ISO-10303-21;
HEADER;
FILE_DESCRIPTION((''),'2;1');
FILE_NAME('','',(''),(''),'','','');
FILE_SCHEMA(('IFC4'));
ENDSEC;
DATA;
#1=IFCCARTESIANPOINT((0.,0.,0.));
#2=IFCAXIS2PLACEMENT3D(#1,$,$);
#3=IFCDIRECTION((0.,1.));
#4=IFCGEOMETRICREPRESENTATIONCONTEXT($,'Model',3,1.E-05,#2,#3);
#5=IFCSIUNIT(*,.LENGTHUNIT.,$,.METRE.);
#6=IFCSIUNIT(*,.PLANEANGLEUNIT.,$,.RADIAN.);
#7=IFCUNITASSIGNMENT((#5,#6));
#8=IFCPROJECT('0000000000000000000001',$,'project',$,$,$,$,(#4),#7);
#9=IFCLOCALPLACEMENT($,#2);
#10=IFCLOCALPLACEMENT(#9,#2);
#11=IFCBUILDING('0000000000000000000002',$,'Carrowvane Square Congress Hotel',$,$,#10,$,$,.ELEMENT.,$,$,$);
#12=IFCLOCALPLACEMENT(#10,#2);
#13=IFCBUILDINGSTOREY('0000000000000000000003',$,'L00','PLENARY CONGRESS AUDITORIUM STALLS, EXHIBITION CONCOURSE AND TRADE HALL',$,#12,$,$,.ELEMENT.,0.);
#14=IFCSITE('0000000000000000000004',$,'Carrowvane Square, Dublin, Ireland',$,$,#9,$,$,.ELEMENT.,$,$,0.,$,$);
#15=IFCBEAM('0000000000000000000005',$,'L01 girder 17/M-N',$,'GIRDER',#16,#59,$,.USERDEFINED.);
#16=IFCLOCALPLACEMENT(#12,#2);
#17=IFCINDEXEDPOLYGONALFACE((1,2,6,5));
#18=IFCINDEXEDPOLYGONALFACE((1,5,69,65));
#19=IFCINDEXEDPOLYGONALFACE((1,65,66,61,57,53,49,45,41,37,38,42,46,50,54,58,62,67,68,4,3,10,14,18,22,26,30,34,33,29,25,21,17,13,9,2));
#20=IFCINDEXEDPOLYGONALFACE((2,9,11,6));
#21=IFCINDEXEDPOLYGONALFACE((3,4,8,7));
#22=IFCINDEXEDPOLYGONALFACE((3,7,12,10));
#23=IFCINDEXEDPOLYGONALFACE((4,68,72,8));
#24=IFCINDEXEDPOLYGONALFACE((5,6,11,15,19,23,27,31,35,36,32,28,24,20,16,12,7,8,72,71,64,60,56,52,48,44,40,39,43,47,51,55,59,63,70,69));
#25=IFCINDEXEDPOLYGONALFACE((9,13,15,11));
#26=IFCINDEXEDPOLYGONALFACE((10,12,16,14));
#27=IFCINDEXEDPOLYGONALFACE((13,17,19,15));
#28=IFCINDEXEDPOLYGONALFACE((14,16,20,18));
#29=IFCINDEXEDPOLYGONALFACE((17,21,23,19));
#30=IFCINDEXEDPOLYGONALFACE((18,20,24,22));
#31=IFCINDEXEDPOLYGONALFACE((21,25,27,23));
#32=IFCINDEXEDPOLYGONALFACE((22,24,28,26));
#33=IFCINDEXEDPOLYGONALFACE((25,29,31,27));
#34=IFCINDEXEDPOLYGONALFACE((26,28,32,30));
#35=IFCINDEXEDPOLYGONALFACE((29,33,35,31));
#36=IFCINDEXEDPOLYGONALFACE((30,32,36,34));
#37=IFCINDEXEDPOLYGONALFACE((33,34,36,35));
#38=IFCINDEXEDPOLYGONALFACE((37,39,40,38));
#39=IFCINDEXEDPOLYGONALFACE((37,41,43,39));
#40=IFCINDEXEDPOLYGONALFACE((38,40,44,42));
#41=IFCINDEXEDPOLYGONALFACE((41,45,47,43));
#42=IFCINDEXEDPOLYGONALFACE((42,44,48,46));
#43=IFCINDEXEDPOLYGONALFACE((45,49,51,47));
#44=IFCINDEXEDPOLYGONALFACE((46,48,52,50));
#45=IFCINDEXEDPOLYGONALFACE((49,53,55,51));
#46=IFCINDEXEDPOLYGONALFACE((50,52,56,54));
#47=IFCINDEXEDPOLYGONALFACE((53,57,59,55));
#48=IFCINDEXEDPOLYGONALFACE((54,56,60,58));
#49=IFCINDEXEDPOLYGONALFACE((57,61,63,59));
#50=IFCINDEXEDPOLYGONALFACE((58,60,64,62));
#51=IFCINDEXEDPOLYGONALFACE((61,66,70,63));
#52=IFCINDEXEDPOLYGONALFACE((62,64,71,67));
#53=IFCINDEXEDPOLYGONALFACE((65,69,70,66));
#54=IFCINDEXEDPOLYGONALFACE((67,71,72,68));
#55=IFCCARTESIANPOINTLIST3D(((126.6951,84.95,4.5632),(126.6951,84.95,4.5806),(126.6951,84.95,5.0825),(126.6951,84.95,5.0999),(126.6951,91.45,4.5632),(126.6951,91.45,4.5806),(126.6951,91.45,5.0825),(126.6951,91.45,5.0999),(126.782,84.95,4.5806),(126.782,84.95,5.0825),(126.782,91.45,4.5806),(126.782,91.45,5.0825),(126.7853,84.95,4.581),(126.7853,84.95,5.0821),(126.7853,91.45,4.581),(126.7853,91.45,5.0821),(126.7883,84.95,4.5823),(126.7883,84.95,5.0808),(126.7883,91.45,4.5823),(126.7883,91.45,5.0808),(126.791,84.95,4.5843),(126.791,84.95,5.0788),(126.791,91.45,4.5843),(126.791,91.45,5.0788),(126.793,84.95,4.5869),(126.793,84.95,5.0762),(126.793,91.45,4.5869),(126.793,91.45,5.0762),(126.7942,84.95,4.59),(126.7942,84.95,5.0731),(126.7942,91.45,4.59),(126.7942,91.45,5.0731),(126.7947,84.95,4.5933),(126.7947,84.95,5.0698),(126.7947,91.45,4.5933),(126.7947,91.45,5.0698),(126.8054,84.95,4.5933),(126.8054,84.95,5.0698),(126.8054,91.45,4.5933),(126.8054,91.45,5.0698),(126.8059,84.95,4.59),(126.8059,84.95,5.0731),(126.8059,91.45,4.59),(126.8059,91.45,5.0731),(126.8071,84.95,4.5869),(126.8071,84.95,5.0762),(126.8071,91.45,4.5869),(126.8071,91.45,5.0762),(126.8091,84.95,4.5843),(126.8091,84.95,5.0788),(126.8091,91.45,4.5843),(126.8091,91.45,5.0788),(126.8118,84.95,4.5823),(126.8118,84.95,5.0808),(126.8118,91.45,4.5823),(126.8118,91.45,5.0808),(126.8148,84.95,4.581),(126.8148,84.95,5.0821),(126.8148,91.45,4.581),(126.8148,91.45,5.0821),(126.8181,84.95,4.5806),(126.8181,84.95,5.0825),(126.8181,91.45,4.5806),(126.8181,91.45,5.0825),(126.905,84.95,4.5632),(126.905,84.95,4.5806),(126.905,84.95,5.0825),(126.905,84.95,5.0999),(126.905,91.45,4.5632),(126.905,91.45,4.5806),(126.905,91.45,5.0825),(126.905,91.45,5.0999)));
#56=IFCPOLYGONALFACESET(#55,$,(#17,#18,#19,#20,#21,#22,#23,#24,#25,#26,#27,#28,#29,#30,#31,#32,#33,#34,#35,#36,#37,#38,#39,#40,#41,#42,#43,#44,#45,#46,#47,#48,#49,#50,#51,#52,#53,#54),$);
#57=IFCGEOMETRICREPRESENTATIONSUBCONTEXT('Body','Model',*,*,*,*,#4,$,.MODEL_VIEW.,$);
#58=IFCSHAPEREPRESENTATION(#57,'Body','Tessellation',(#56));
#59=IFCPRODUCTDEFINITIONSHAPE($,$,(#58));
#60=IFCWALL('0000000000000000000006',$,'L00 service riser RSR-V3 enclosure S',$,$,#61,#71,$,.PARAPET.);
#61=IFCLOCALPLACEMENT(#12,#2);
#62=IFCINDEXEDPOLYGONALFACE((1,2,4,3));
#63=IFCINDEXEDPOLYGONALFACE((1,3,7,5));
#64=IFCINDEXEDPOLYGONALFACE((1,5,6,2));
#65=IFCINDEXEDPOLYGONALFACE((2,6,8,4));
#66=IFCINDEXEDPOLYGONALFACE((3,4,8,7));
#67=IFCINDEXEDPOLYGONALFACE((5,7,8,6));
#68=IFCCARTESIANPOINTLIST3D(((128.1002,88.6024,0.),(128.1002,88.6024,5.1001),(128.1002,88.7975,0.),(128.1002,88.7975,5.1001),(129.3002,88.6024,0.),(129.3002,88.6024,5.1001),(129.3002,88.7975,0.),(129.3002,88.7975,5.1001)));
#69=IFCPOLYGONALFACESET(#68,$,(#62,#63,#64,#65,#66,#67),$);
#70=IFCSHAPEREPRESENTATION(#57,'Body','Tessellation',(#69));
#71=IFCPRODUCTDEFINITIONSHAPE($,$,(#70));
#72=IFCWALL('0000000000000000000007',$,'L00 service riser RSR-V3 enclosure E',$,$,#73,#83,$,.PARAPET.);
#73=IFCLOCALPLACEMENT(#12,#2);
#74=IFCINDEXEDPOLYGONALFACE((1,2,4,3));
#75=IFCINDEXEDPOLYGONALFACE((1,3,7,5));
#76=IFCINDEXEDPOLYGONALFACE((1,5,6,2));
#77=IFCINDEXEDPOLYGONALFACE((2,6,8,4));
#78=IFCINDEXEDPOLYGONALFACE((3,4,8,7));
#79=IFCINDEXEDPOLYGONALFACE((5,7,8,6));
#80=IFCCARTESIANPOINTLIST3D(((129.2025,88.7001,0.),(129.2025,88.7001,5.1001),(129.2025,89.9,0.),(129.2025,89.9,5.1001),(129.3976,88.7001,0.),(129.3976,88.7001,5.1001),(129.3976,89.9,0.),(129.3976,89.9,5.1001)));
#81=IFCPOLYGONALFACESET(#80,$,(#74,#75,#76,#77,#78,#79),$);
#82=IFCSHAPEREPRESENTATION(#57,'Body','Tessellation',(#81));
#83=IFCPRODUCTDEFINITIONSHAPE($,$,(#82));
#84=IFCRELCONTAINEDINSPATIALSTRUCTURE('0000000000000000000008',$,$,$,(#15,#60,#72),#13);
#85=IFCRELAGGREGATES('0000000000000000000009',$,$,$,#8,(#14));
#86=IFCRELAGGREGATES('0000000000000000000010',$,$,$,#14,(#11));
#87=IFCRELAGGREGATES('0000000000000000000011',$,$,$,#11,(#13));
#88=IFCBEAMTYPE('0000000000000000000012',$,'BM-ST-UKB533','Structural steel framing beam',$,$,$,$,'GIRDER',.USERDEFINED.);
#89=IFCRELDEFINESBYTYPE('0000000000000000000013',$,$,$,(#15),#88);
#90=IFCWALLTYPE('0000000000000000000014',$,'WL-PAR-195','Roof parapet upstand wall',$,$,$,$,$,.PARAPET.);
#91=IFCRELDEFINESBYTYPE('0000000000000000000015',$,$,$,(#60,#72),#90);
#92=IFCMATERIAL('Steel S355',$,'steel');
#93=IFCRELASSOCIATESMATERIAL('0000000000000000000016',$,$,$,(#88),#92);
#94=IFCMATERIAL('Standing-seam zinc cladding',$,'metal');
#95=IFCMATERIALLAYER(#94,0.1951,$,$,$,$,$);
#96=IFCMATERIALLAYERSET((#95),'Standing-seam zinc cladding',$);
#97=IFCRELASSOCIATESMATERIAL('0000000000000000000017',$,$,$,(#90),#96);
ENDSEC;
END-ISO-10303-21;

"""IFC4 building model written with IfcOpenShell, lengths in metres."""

from ifc_helpers import new_model, si_unit, direction, frame, frame_2d, origin, origin_2d, place, context, subcontext, project, spatial, rectangle, i_section, extrude, material, layer, layer_set, material_profile, profile_set, type_object, element, save


model = new_model("IFC4")

# Units and contexts
model_context = context("Model", 3, precision=1e-05, world=origin(), true_north=direction((0.0, 1.0)))
body_context = subcontext(model_context, "Body", "Model", "MODEL_VIEW")
ifc_project = project(units=[si_unit("LENGTHUNIT", "METRE"), si_unit("PLANEANGLEUNIT", "RADIAN")], contexts=[model_context])

# Site, building, storey
site_placement = place(None, origin())
site = spatial("IfcSite", under=ifc_project, at=site_placement, Name="Carrowvane Square, Dublin, Ireland", CompositionType="ELEMENT", RefElevation=0.0)
building_placement = place(site_placement, origin())
building = spatial("IfcBuilding", under=site, at=building_placement, Name="Carrowvane Square Congress Hotel", CompositionType="ELEMENT")
storey_placement = place(building_placement, origin())
storey = spatial("IfcBuildingStorey", under=building, at=storey_placement, Name="L00", Description="PLENARY CONGRESS AUDITORIUM STALLS, EXHIBITION CONCOURSE AND TRADE HALL", CompositionType="ELEMENT", Elevation=0.0)

# Beam
ifc_material_1 = material(Name="Steel S355", Category="steel")
ifc_material_profile_1 = material_profile(ifc_material_1, i_section(OverallWidth=0.21, OverallDepth=0.5366, WebThickness=0.0107, FlangeThickness=0.0173, FilletRadius=0.0127, at=origin_2d()), Name="UKB 533x210x101")
ifc_profile_set_1 = profile_set([ifc_material_profile_1], Name="Steel S355")
beam_type_1 = type_object("IfcBeamType", Name="BM-ST-UKB533", Description="Structural steel framing beam", ElementType="GIRDER", PredefinedType="USERDEFINED", material=ifc_profile_set_1)
for number, where, z_axis, x_axis, name in (
    (1, (126.8, 84.95, 4.8315), (0.0, 1.0, 0.0), (-1.0, 0.0, 0.0), "L01 girder 17/M-N"),
):
    element("IfcBeam", number, at=place(storey_placement, frame(where, z_axis=z_axis, x_axis=x_axis)), inside=storey, type_object=beam_type_1, Name=name, ObjectType="GIRDER", PredefinedType="USERDEFINED", context=body_context, shape_type="SweptSolid", body=[
        extrude(i_section(OverallWidth=0.21, OverallDepth=0.5366, WebThickness=0.0107, FlangeThickness=0.0173, FilletRadius=0.0127, at=origin_2d()), origin(), (0.0, 0.0, 1.0), 6.5),
    ])

# Walls
ifc_material_2 = material(Name="Standing-seam zinc cladding", Category="metal")
ifc_layer = layer(ifc_material_2, 0.1951)
ifc_layer_set = layer_set([ifc_layer], Name="Standing-seam zinc cladding")
wall_type = type_object("IfcWallType", Name="WL-PAR-195", Description="Roof parapet upstand wall", PredefinedType="PARAPET", material=ifc_layer_set)
for number, where, z_axis, x_axis, name in (
    (2, (128.1001, 88.7, 0.0), (0.0, 0.0, 1.0), (1.0, 0.0, 0.0), "L00 service riser RSR-V3 enclosure S"),
    (3, (129.3, 88.7, 0.0), (0.0, 0.0, 1.0), (0.0, 1.0, 0.0), "L00 service riser RSR-V3 enclosure E"),
):
    element("IfcWall", number, at=place(storey_placement, frame(where, z_axis=z_axis, x_axis=x_axis)), inside=storey, type_object=wall_type, Name=name, PredefinedType="PARAPET", context=body_context, shape_type="SweptSolid", body=[
        extrude(rectangle(XDim=1.2, YDim=0.1951, at=frame_2d((0.6001, 0.0))), origin(), (0.0, 0.0, 1.0), 5.1001),
    ])

save(model, "model.ifc")
